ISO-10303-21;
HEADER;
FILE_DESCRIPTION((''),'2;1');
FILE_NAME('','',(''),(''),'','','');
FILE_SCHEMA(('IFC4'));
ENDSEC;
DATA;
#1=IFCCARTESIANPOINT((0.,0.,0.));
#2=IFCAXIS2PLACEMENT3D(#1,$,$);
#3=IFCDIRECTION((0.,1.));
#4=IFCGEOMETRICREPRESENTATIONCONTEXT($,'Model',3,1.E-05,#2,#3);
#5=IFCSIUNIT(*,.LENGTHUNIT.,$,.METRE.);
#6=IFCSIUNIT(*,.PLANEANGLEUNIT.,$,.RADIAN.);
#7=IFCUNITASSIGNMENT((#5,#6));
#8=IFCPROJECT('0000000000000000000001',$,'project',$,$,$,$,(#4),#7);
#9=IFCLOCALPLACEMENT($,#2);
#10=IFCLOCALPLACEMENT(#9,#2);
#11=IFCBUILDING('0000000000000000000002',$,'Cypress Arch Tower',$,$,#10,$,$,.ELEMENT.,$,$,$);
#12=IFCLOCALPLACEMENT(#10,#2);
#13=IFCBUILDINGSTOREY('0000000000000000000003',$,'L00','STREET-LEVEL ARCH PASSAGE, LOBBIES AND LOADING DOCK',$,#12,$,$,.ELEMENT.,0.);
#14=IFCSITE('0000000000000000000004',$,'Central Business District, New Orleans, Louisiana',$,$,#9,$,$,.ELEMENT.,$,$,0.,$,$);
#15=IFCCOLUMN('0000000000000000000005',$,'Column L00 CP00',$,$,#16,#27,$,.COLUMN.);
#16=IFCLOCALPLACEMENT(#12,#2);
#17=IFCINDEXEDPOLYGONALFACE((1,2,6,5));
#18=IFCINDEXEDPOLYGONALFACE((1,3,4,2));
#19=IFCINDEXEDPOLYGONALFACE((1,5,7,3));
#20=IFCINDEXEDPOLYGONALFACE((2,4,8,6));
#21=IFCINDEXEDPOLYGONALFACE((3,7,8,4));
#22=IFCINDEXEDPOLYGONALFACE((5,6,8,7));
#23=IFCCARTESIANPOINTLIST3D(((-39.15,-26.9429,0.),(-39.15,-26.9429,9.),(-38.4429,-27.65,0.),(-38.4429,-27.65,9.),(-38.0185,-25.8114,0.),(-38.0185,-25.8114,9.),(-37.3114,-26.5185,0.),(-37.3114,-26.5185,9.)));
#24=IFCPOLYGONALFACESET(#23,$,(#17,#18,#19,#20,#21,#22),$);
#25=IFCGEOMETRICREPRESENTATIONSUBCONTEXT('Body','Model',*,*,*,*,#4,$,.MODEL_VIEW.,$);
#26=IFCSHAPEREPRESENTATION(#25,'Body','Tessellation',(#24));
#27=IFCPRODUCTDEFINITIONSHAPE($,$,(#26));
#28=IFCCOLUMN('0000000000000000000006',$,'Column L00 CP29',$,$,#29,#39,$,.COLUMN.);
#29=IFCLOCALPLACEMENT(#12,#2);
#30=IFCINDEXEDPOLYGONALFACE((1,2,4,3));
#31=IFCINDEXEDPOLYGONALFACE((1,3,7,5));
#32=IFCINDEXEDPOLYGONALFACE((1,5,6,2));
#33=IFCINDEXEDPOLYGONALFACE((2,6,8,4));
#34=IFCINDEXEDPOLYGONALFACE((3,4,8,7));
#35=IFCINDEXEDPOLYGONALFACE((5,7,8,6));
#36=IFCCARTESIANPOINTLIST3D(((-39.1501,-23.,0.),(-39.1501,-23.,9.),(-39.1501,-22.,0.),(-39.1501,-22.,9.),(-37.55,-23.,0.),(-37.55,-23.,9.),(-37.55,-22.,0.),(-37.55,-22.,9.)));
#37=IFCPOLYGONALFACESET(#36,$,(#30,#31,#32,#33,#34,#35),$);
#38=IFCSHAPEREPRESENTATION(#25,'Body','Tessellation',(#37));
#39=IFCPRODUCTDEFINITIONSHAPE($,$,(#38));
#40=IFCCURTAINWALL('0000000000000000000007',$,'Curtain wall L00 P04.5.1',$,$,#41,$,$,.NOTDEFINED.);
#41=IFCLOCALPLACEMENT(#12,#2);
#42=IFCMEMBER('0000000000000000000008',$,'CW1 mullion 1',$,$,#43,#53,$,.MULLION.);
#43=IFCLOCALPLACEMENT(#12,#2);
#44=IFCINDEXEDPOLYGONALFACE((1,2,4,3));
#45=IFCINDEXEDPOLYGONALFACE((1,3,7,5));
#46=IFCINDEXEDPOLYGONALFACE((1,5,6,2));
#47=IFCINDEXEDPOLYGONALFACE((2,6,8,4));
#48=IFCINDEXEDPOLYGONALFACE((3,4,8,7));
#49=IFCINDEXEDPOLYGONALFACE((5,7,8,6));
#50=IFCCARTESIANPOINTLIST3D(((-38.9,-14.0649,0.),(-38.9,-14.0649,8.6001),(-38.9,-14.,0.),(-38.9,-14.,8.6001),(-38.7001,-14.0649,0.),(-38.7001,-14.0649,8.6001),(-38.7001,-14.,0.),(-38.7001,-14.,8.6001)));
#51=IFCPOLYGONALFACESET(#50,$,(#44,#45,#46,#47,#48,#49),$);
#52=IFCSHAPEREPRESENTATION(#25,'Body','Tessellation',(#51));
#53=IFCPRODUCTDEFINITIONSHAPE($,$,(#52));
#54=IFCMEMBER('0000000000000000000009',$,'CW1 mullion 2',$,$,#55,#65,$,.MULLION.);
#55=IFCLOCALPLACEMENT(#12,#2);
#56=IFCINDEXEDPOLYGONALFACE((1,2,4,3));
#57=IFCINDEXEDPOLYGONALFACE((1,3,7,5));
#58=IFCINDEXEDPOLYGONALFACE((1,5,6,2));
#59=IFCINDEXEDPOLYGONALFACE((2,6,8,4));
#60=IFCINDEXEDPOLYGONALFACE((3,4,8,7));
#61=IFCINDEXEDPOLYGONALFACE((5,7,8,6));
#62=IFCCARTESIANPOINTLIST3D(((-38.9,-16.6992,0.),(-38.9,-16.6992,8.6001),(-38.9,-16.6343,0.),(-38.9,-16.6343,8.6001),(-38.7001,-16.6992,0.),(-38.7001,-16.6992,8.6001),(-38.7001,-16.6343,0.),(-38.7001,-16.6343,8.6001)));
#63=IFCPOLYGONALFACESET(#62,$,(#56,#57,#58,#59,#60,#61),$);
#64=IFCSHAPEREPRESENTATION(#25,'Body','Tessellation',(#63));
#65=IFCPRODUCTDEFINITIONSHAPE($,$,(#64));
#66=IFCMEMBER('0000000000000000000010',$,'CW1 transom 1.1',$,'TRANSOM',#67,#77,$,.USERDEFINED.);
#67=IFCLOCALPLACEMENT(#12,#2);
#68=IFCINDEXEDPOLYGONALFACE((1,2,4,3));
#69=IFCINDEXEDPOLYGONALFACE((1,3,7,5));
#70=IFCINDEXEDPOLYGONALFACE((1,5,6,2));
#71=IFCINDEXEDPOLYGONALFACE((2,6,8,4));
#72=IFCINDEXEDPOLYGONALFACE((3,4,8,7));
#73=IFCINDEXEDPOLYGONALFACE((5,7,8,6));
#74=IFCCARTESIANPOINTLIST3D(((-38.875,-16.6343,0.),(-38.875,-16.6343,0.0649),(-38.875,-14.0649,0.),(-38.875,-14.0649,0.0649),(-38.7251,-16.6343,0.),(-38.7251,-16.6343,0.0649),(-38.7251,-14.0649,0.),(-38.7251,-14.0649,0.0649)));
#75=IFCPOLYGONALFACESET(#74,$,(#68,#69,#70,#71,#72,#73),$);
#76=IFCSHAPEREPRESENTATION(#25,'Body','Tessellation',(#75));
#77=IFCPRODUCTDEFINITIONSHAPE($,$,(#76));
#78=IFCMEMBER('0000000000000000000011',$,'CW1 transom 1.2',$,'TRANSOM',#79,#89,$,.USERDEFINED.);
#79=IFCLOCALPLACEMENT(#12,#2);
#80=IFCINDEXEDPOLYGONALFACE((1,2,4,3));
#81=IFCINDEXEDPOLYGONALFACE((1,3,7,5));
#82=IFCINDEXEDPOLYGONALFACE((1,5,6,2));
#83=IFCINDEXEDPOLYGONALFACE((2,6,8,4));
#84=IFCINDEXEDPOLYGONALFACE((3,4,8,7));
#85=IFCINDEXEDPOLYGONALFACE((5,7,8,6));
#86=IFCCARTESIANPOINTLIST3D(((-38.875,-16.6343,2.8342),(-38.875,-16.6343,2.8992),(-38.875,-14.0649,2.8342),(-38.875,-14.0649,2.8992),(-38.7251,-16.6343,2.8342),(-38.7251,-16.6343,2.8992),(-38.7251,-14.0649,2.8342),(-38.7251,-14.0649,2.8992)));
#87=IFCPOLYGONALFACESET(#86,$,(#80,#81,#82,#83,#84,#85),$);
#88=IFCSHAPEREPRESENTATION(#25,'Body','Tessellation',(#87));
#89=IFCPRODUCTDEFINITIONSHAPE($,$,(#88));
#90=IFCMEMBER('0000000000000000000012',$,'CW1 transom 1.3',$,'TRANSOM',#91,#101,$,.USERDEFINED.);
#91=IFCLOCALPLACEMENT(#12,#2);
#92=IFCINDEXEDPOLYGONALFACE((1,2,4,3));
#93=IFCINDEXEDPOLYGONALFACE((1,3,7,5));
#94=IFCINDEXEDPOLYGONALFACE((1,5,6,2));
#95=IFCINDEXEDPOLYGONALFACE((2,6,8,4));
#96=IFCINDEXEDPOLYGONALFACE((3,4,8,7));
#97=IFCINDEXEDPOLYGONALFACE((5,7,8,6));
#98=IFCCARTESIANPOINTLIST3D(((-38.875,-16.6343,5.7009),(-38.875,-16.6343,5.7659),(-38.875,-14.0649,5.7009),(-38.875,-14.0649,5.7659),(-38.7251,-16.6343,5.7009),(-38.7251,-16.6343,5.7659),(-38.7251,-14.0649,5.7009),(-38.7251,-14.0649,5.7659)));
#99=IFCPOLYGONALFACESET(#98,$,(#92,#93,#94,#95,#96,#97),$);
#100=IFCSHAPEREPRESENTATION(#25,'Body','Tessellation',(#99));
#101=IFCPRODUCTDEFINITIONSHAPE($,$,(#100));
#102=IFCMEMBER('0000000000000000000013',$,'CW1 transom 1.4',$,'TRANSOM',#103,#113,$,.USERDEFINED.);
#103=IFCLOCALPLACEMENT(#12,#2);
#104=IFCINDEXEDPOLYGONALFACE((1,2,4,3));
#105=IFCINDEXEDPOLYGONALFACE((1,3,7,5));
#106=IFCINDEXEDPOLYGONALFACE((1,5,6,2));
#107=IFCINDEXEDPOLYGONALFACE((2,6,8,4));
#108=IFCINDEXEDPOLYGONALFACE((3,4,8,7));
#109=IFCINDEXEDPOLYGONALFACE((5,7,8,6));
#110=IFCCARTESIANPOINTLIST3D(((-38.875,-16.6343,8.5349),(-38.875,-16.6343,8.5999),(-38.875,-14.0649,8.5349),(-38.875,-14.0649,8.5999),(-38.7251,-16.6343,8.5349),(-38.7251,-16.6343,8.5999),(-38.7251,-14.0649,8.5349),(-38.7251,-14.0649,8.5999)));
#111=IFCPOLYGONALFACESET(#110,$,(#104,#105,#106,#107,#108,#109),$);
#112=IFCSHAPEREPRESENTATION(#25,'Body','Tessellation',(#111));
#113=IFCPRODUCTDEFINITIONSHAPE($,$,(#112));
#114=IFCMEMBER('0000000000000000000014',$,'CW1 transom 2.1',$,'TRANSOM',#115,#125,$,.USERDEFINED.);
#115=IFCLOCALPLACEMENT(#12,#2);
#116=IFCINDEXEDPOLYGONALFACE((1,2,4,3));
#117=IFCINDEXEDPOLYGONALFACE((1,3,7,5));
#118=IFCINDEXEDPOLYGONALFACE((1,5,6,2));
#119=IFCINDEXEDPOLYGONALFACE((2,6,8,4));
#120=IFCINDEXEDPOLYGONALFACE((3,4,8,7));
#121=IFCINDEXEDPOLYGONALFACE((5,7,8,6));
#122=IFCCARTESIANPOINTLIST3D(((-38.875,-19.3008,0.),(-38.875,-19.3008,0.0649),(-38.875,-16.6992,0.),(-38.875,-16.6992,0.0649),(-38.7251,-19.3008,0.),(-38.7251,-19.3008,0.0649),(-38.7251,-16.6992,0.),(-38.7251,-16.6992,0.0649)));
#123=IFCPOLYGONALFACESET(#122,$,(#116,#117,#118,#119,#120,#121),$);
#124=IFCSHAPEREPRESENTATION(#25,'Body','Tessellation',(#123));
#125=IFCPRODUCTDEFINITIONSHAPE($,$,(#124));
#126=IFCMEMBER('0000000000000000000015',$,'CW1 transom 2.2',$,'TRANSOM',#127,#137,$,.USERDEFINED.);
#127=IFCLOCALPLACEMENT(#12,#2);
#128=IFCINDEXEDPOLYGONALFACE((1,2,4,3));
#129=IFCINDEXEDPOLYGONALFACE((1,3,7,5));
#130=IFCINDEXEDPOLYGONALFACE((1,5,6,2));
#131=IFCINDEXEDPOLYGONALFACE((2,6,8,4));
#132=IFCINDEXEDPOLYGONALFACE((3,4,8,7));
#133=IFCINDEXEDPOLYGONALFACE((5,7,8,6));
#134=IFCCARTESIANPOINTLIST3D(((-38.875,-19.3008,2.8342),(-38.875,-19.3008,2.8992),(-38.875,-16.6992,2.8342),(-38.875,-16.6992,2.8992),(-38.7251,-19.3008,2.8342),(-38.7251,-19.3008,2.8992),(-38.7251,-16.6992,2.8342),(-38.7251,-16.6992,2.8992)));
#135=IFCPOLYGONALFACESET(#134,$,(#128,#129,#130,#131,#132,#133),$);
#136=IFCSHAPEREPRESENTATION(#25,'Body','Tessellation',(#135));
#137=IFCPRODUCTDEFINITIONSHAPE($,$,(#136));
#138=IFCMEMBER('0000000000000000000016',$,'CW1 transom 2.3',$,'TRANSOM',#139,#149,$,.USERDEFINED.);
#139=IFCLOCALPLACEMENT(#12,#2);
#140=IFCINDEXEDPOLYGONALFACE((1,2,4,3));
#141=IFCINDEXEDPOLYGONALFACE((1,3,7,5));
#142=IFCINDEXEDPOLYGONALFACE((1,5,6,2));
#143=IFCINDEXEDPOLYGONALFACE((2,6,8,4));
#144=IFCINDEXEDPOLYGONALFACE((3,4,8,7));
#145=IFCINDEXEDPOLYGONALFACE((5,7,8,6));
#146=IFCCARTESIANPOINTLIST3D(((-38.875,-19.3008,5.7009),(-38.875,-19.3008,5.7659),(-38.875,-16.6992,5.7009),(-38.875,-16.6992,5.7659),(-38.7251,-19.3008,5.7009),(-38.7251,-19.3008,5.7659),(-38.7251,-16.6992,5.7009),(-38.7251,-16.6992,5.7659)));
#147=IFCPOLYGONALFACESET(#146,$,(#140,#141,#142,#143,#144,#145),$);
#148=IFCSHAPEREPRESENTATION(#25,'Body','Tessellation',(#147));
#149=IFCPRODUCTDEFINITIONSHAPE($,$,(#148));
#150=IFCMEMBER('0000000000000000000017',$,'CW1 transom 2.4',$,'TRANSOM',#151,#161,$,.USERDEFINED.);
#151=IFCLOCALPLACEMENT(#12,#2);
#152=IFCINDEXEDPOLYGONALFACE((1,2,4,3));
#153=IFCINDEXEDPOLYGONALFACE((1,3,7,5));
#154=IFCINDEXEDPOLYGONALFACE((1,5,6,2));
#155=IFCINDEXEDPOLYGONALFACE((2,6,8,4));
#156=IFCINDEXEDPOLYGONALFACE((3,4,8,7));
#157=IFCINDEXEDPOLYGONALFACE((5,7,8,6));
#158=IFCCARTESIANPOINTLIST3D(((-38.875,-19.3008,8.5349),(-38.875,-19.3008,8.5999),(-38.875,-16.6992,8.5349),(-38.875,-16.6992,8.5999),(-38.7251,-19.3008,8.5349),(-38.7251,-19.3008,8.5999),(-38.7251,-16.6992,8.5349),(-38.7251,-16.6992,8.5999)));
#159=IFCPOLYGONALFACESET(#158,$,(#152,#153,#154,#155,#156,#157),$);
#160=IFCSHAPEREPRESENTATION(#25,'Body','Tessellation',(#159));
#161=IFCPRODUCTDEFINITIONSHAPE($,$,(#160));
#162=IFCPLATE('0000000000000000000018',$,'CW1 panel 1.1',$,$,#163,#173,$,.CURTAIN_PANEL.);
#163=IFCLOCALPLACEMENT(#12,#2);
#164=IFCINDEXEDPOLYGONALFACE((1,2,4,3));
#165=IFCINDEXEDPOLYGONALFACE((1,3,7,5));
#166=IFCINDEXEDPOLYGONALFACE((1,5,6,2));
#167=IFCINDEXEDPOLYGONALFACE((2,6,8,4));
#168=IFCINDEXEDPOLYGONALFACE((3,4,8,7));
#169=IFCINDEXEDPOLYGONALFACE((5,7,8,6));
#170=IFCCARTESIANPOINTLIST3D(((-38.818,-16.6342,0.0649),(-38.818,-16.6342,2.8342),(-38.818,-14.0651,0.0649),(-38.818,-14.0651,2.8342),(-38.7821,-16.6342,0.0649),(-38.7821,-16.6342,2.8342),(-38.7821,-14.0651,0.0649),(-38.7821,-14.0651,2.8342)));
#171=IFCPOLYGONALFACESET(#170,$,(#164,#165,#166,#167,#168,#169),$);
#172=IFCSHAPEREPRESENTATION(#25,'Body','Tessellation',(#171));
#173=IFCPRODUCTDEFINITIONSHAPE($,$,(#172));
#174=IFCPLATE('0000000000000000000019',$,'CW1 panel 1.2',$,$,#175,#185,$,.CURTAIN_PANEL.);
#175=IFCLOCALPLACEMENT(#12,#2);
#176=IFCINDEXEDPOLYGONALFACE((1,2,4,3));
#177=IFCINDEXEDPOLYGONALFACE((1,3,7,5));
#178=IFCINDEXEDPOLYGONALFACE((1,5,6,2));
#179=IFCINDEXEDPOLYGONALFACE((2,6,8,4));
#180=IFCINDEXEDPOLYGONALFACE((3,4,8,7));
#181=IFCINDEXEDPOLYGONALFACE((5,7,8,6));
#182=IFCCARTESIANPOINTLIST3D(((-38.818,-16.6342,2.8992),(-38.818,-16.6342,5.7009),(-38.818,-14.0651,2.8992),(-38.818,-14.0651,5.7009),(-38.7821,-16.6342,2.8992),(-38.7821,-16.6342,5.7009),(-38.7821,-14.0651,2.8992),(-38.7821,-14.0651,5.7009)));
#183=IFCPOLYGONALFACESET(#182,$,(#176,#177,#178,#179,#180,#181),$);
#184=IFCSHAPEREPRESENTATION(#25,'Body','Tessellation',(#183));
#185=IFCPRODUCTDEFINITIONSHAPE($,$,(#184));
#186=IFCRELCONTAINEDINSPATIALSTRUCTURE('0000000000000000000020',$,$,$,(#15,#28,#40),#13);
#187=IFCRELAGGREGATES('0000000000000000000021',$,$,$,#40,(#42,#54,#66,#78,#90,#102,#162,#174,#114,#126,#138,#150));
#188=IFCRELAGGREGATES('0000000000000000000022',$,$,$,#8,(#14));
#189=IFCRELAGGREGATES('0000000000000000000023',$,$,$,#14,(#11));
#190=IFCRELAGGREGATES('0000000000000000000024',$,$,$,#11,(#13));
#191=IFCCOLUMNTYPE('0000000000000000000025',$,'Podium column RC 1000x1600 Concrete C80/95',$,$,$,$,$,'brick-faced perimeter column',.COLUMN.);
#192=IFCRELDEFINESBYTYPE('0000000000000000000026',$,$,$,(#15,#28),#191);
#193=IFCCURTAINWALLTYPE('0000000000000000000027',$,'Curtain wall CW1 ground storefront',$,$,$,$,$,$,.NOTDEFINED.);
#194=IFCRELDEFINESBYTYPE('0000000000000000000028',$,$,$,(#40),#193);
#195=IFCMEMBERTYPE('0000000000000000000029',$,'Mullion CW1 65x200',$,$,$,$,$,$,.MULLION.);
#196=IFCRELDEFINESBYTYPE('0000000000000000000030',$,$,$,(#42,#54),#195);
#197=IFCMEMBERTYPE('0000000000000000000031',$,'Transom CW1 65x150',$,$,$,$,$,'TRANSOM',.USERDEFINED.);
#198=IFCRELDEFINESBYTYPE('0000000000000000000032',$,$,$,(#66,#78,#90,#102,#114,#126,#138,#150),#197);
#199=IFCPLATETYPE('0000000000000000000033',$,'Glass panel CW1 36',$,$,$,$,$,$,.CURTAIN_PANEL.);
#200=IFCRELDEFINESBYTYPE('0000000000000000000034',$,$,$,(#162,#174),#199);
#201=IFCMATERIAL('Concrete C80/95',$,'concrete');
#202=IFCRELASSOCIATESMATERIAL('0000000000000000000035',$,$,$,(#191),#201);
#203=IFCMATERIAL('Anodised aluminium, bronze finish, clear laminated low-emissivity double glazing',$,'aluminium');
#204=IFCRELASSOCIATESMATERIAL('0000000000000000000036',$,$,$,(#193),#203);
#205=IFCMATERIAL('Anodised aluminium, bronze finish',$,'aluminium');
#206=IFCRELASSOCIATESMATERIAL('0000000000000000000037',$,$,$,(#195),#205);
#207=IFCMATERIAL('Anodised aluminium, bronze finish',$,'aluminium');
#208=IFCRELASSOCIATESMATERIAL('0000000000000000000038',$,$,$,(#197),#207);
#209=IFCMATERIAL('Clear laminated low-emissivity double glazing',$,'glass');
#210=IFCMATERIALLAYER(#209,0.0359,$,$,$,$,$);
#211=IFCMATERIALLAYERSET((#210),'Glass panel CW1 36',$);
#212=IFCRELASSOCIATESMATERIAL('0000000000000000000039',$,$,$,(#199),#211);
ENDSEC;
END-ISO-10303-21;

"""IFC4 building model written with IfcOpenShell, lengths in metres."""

from ifc_helpers import new_model, si_unit, direction, frame, origin, origin_2d, place, context, subcontext, project, spatial, rectangle, extrude, material, layer, layer_set, material_profile, profile_set, type_object, element, aggregate, save


model = new_model("IFC4")

# Units and contexts
model_context = context("Model", 3, precision=1e-05, world=origin(), true_north=direction((0.0, 1.0)))
body_context = subcontext(model_context, "Body", "Model", "MODEL_VIEW")
ifc_project = project(units=[si_unit("LENGTHUNIT", "METRE"), si_unit("PLANEANGLEUNIT", "RADIAN")], contexts=[model_context])

# Site, building, storey
site_placement = place(None, origin())
site = spatial("IfcSite", under=ifc_project, at=site_placement, Name="Central Business District, New Orleans, Louisiana", CompositionType="ELEMENT", RefElevation=0.0)
building_placement = place(site_placement, origin())
building = spatial("IfcBuilding", under=site, at=building_placement, Name="Cypress Arch Tower", CompositionType="ELEMENT")
storey_placement = place(building_placement, origin())
storey = spatial("IfcBuildingStorey", under=building, at=storey_placement, Name="L00", Description="STREET-LEVEL ARCH PASSAGE, LOBBIES AND LOADING DOCK", CompositionType="ELEMENT", Elevation=0.0)

# Columns
ifc_material_1 = material(Name="Concrete C80/95", Category="concrete")
ifc_material_profile_1 = material_profile(ifc_material_1, rectangle(XDim=1.0, YDim=1.6001, at=origin_2d()), Name="RC 1000x1600")
ifc_profile_set_1 = profile_set([ifc_material_profile_1], Name="Concrete C80/95")
column_type = type_object("IfcColumnType", Name="Podium column RC 1000x1600 Concrete C80/95", ElementType="brick-faced perimeter column", PredefinedType="COLUMN", material=ifc_profile_set_1)
for number, where, z_axis, x_axis, name in (
    (1, (-38.2307, -26.7307, 0.0), (0.0, 0.0, 1.0), (0.707107, -0.707107, 0.0), "Column L00 CP00"),
    (2, (-38.3501, -22.5, 0.0), (0.0, 0.0, 1.0), (0.0, -1.0, 0.0), "Column L00 CP29"),
):
    element("IfcColumn", number, at=place(storey_placement, frame(where, z_axis=z_axis, x_axis=x_axis)), inside=storey, type_object=column_type, Name=name, PredefinedType="COLUMN", context=body_context, shape_type="SweptSolid", body=[
        extrude(rectangle(XDim=1.0, YDim=1.6001, at=origin_2d()), origin(), (0.0, 0.0, 1.0), 9.0),
    ])

# Curtain wall, members, plates
ifc_material_2 = material(Name="Anodised aluminium, bronze finish, clear laminated low-emissivity double glazing", Category="aluminium")
curtain_wall_type = type_object("IfcCurtainWallType", Name="Curtain wall CW1 ground storefront", PredefinedType="NOTDEFINED", material=ifc_material_2)
curtain_wall_placement = place(storey_placement, origin())
curtain_wall = element("IfcCurtainWall", 3, at=curtain_wall_placement, inside=storey, type_object=curtain_wall_type, Name="Curtain wall L00 P04.5.1", PredefinedType="NOTDEFINED")
ifc_material_3 = material(Name="Anodised aluminium, bronze finish", Category="aluminium")
ifc_material_profile_2 = material_profile(ifc_material_3, rectangle(XDim=0.2, YDim=0.0649, at=origin_2d()), Name="Mullion 65x200")
ifc_profile_set_2 = profile_set([ifc_material_profile_2], Name="Anodised aluminium, bronze finish")
member_type_1 = type_object("IfcMemberType", Name="Mullion CW1 65x200", PredefinedType="MULLION", material=ifc_profile_set_2)
member_1_placement = place(storey_placement, frame((-38.8, -14.0325, 0.0), z_axis=(0.0, 0.0, 1.0), x_axis=(1.0, 0.0, 0.0)))
member_1 = element("IfcMember", 4, at=member_1_placement, type_object=member_type_1, Name="CW1 mullion 1", PredefinedType="MULLION", context=body_context, shape_type="SweptSolid", body=[
    extrude(rectangle(XDim=0.2, YDim=0.0649, at=origin_2d()), origin(), (0.0, 0.0, 1.0), 8.6001),
])
member_2_placement = place(storey_placement, frame((-38.8, -16.6667, 0.0), z_axis=(0.0, 0.0, 1.0), x_axis=(1.0, 0.0, 0.0)))
member_2 = element("IfcMember", 5, at=member_2_placement, type_object=member_type_1, Name="CW1 mullion 2", PredefinedType="MULLION", context=body_context, shape_type="SweptSolid", body=[
    extrude(rectangle(XDim=0.2, YDim=0.0649, at=origin_2d()), origin(), (0.0, 0.0, 1.0), 8.6001),
])
ifc_material_4 = material(Name="Anodised aluminium, bronze finish", Category="aluminium")
ifc_material_profile_3 = material_profile(ifc_material_4, rectangle(XDim=0.1499, YDim=0.0649, at=origin_2d()), Name="Transom 65x150")
ifc_profile_set_3 = profile_set([ifc_material_profile_3], Name="Anodised aluminium, bronze finish")
member_type_2 = type_object("IfcMemberType", Name="Transom CW1 65x150", ElementType="TRANSOM", PredefinedType="USERDEFINED", material=ifc_profile_set_3)
member_3_placement = place(storey_placement, frame((-38.8, -14.0649, 0.0325), z_axis=(0.0, -1.0, 0.0), x_axis=(1.0, 0.0, 0.0)))
member_3 = element("IfcMember", 6, at=member_3_placement, type_object=member_type_2, Name="CW1 transom 1.1", ObjectType="TRANSOM", PredefinedType="USERDEFINED", context=body_context, shape_type="SweptSolid", body=[
    extrude(rectangle(XDim=0.1499, YDim=0.0649, at=origin_2d()), origin(), (0.0, 0.0, 1.0), 2.5693),
])
member_4_placement = place(storey_placement, frame((-38.8, -14.0649, 2.8667), z_axis=(0.0, -1.0, 0.0), x_axis=(1.0, 0.0, 0.0)))
member_4 = element("IfcMember", 7, at=member_4_placement, type_object=member_type_2, Name="CW1 transom 1.2", ObjectType="TRANSOM", PredefinedType="USERDEFINED", context=body_context, shape_type="SweptSolid", body=[
    extrude(rectangle(XDim=0.1499, YDim=0.0649, at=origin_2d()), origin(), (0.0, 0.0, 1.0), 2.5693),
])
member_5_placement = place(storey_placement, frame((-38.8, -14.0649, 5.7334), z_axis=(0.0, -1.0, 0.0), x_axis=(1.0, 0.0, 0.0)))
member_5 = element("IfcMember", 8, at=member_5_placement, type_object=member_type_2, Name="CW1 transom 1.3", ObjectType="TRANSOM", PredefinedType="USERDEFINED", context=body_context, shape_type="SweptSolid", body=[
    extrude(rectangle(XDim=0.1499, YDim=0.0649, at=origin_2d()), origin(), (0.0, 0.0, 1.0), 2.5693),
])
member_6_placement = place(storey_placement, frame((-38.8, -14.0649, 8.5674), z_axis=(0.0, -1.0, 0.0), x_axis=(1.0, 0.0, 0.0)))
member_6 = element("IfcMember", 9, at=member_6_placement, type_object=member_type_2, Name="CW1 transom 1.4", ObjectType="TRANSOM", PredefinedType="USERDEFINED", context=body_context, shape_type="SweptSolid", body=[
    extrude(rectangle(XDim=0.1499, YDim=0.0649, at=origin_2d()), origin(), (0.0, 0.0, 1.0), 2.5693),
])
member_7_placement = place(storey_placement, frame((-38.8, -16.6992, 0.0325), z_axis=(0.0, -1.0, 0.0), x_axis=(1.0, 0.0, 0.0)))
member_7 = element("IfcMember", 10, at=member_7_placement, type_object=member_type_2, Name="CW1 transom 2.1", ObjectType="TRANSOM", PredefinedType="USERDEFINED", context=body_context, shape_type="SweptSolid", body=[
    extrude(rectangle(XDim=0.1499, YDim=0.0649, at=origin_2d()), origin(), (0.0, 0.0, 1.0), 2.6016),
])
member_8_placement = place(storey_placement, frame((-38.8, -16.6992, 2.8667), z_axis=(0.0, -1.0, 0.0), x_axis=(1.0, 0.0, 0.0)))
member_8 = element("IfcMember", 11, at=member_8_placement, type_object=member_type_2, Name="CW1 transom 2.2", ObjectType="TRANSOM", PredefinedType="USERDEFINED", context=body_context, shape_type="SweptSolid", body=[
    extrude(rectangle(XDim=0.1499, YDim=0.0649, at=origin_2d()), origin(), (0.0, 0.0, 1.0), 2.6016),
])
member_9_placement = place(storey_placement, frame((-38.8, -16.6992, 5.7334), z_axis=(0.0, -1.0, 0.0), x_axis=(1.0, 0.0, 0.0)))
member_9 = element("IfcMember", 12, at=member_9_placement, type_object=member_type_2, Name="CW1 transom 2.3", ObjectType="TRANSOM", PredefinedType="USERDEFINED", context=body_context, shape_type="SweptSolid", body=[
    extrude(rectangle(XDim=0.1499, YDim=0.0649, at=origin_2d()), origin(), (0.0, 0.0, 1.0), 2.6016),
])
member_10_placement = place(storey_placement, frame((-38.8, -16.6992, 8.5674), z_axis=(0.0, -1.0, 0.0), x_axis=(1.0, 0.0, 0.0)))
member_10 = element("IfcMember", 13, at=member_10_placement, type_object=member_type_2, Name="CW1 transom 2.4", ObjectType="TRANSOM", PredefinedType="USERDEFINED", context=body_context, shape_type="SweptSolid", body=[
    extrude(rectangle(XDim=0.1499, YDim=0.0649, at=origin_2d()), origin(), (0.0, 0.0, 1.0), 2.6016),
])
ifc_material_5 = material(Name="Clear laminated low-emissivity double glazing", Category="glass")
ifc_layer_1 = layer(ifc_material_5, 0.0359)
ifc_layer_set_1 = layer_set([ifc_layer_1], Name="Glass panel CW1 36")
plate_type = type_object("IfcPlateType", Name="Glass panel CW1 36", PredefinedType="CURTAIN_PANEL", material=ifc_layer_set_1)
plate_1_placement = place(storey_placement, frame((-38.8, -15.3496, 0.0649), z_axis=(0.0, 0.0, 1.0), x_axis=(0.0, -1.0, 0.0)))
plate_1 = element("IfcPlate", 14, at=plate_1_placement, type_object=plate_type, Name="CW1 panel 1.1", PredefinedType="CURTAIN_PANEL", context=body_context, shape_type="SweptSolid", body=[
    extrude(rectangle(XDim=2.5691, YDim=0.0359, at=origin_2d()), origin(), (0.0, 0.0, 1.0), 2.7693),
])
plate_2_placement = place(storey_placement, frame((-38.8, -15.3496, 2.8992), z_axis=(0.0, 0.0, 1.0), x_axis=(0.0, -1.0, 0.0)))
plate_2 = element("IfcPlate", 15, at=plate_2_placement, type_object=plate_type, Name="CW1 panel 1.2", PredefinedType="CURTAIN_PANEL", context=body_context, shape_type="SweptSolid", body=[
    extrude(rectangle(XDim=2.5691, YDim=0.0359, at=origin_2d()), origin(), (0.0, 0.0, 1.0), 2.8018),
])
aggregate(curtain_wall, [member_1, member_2, member_3, member_4, member_5, member_6, plate_1, plate_2, member_7, member_8, member_9, member_10])

save(model, "model.ifc")
